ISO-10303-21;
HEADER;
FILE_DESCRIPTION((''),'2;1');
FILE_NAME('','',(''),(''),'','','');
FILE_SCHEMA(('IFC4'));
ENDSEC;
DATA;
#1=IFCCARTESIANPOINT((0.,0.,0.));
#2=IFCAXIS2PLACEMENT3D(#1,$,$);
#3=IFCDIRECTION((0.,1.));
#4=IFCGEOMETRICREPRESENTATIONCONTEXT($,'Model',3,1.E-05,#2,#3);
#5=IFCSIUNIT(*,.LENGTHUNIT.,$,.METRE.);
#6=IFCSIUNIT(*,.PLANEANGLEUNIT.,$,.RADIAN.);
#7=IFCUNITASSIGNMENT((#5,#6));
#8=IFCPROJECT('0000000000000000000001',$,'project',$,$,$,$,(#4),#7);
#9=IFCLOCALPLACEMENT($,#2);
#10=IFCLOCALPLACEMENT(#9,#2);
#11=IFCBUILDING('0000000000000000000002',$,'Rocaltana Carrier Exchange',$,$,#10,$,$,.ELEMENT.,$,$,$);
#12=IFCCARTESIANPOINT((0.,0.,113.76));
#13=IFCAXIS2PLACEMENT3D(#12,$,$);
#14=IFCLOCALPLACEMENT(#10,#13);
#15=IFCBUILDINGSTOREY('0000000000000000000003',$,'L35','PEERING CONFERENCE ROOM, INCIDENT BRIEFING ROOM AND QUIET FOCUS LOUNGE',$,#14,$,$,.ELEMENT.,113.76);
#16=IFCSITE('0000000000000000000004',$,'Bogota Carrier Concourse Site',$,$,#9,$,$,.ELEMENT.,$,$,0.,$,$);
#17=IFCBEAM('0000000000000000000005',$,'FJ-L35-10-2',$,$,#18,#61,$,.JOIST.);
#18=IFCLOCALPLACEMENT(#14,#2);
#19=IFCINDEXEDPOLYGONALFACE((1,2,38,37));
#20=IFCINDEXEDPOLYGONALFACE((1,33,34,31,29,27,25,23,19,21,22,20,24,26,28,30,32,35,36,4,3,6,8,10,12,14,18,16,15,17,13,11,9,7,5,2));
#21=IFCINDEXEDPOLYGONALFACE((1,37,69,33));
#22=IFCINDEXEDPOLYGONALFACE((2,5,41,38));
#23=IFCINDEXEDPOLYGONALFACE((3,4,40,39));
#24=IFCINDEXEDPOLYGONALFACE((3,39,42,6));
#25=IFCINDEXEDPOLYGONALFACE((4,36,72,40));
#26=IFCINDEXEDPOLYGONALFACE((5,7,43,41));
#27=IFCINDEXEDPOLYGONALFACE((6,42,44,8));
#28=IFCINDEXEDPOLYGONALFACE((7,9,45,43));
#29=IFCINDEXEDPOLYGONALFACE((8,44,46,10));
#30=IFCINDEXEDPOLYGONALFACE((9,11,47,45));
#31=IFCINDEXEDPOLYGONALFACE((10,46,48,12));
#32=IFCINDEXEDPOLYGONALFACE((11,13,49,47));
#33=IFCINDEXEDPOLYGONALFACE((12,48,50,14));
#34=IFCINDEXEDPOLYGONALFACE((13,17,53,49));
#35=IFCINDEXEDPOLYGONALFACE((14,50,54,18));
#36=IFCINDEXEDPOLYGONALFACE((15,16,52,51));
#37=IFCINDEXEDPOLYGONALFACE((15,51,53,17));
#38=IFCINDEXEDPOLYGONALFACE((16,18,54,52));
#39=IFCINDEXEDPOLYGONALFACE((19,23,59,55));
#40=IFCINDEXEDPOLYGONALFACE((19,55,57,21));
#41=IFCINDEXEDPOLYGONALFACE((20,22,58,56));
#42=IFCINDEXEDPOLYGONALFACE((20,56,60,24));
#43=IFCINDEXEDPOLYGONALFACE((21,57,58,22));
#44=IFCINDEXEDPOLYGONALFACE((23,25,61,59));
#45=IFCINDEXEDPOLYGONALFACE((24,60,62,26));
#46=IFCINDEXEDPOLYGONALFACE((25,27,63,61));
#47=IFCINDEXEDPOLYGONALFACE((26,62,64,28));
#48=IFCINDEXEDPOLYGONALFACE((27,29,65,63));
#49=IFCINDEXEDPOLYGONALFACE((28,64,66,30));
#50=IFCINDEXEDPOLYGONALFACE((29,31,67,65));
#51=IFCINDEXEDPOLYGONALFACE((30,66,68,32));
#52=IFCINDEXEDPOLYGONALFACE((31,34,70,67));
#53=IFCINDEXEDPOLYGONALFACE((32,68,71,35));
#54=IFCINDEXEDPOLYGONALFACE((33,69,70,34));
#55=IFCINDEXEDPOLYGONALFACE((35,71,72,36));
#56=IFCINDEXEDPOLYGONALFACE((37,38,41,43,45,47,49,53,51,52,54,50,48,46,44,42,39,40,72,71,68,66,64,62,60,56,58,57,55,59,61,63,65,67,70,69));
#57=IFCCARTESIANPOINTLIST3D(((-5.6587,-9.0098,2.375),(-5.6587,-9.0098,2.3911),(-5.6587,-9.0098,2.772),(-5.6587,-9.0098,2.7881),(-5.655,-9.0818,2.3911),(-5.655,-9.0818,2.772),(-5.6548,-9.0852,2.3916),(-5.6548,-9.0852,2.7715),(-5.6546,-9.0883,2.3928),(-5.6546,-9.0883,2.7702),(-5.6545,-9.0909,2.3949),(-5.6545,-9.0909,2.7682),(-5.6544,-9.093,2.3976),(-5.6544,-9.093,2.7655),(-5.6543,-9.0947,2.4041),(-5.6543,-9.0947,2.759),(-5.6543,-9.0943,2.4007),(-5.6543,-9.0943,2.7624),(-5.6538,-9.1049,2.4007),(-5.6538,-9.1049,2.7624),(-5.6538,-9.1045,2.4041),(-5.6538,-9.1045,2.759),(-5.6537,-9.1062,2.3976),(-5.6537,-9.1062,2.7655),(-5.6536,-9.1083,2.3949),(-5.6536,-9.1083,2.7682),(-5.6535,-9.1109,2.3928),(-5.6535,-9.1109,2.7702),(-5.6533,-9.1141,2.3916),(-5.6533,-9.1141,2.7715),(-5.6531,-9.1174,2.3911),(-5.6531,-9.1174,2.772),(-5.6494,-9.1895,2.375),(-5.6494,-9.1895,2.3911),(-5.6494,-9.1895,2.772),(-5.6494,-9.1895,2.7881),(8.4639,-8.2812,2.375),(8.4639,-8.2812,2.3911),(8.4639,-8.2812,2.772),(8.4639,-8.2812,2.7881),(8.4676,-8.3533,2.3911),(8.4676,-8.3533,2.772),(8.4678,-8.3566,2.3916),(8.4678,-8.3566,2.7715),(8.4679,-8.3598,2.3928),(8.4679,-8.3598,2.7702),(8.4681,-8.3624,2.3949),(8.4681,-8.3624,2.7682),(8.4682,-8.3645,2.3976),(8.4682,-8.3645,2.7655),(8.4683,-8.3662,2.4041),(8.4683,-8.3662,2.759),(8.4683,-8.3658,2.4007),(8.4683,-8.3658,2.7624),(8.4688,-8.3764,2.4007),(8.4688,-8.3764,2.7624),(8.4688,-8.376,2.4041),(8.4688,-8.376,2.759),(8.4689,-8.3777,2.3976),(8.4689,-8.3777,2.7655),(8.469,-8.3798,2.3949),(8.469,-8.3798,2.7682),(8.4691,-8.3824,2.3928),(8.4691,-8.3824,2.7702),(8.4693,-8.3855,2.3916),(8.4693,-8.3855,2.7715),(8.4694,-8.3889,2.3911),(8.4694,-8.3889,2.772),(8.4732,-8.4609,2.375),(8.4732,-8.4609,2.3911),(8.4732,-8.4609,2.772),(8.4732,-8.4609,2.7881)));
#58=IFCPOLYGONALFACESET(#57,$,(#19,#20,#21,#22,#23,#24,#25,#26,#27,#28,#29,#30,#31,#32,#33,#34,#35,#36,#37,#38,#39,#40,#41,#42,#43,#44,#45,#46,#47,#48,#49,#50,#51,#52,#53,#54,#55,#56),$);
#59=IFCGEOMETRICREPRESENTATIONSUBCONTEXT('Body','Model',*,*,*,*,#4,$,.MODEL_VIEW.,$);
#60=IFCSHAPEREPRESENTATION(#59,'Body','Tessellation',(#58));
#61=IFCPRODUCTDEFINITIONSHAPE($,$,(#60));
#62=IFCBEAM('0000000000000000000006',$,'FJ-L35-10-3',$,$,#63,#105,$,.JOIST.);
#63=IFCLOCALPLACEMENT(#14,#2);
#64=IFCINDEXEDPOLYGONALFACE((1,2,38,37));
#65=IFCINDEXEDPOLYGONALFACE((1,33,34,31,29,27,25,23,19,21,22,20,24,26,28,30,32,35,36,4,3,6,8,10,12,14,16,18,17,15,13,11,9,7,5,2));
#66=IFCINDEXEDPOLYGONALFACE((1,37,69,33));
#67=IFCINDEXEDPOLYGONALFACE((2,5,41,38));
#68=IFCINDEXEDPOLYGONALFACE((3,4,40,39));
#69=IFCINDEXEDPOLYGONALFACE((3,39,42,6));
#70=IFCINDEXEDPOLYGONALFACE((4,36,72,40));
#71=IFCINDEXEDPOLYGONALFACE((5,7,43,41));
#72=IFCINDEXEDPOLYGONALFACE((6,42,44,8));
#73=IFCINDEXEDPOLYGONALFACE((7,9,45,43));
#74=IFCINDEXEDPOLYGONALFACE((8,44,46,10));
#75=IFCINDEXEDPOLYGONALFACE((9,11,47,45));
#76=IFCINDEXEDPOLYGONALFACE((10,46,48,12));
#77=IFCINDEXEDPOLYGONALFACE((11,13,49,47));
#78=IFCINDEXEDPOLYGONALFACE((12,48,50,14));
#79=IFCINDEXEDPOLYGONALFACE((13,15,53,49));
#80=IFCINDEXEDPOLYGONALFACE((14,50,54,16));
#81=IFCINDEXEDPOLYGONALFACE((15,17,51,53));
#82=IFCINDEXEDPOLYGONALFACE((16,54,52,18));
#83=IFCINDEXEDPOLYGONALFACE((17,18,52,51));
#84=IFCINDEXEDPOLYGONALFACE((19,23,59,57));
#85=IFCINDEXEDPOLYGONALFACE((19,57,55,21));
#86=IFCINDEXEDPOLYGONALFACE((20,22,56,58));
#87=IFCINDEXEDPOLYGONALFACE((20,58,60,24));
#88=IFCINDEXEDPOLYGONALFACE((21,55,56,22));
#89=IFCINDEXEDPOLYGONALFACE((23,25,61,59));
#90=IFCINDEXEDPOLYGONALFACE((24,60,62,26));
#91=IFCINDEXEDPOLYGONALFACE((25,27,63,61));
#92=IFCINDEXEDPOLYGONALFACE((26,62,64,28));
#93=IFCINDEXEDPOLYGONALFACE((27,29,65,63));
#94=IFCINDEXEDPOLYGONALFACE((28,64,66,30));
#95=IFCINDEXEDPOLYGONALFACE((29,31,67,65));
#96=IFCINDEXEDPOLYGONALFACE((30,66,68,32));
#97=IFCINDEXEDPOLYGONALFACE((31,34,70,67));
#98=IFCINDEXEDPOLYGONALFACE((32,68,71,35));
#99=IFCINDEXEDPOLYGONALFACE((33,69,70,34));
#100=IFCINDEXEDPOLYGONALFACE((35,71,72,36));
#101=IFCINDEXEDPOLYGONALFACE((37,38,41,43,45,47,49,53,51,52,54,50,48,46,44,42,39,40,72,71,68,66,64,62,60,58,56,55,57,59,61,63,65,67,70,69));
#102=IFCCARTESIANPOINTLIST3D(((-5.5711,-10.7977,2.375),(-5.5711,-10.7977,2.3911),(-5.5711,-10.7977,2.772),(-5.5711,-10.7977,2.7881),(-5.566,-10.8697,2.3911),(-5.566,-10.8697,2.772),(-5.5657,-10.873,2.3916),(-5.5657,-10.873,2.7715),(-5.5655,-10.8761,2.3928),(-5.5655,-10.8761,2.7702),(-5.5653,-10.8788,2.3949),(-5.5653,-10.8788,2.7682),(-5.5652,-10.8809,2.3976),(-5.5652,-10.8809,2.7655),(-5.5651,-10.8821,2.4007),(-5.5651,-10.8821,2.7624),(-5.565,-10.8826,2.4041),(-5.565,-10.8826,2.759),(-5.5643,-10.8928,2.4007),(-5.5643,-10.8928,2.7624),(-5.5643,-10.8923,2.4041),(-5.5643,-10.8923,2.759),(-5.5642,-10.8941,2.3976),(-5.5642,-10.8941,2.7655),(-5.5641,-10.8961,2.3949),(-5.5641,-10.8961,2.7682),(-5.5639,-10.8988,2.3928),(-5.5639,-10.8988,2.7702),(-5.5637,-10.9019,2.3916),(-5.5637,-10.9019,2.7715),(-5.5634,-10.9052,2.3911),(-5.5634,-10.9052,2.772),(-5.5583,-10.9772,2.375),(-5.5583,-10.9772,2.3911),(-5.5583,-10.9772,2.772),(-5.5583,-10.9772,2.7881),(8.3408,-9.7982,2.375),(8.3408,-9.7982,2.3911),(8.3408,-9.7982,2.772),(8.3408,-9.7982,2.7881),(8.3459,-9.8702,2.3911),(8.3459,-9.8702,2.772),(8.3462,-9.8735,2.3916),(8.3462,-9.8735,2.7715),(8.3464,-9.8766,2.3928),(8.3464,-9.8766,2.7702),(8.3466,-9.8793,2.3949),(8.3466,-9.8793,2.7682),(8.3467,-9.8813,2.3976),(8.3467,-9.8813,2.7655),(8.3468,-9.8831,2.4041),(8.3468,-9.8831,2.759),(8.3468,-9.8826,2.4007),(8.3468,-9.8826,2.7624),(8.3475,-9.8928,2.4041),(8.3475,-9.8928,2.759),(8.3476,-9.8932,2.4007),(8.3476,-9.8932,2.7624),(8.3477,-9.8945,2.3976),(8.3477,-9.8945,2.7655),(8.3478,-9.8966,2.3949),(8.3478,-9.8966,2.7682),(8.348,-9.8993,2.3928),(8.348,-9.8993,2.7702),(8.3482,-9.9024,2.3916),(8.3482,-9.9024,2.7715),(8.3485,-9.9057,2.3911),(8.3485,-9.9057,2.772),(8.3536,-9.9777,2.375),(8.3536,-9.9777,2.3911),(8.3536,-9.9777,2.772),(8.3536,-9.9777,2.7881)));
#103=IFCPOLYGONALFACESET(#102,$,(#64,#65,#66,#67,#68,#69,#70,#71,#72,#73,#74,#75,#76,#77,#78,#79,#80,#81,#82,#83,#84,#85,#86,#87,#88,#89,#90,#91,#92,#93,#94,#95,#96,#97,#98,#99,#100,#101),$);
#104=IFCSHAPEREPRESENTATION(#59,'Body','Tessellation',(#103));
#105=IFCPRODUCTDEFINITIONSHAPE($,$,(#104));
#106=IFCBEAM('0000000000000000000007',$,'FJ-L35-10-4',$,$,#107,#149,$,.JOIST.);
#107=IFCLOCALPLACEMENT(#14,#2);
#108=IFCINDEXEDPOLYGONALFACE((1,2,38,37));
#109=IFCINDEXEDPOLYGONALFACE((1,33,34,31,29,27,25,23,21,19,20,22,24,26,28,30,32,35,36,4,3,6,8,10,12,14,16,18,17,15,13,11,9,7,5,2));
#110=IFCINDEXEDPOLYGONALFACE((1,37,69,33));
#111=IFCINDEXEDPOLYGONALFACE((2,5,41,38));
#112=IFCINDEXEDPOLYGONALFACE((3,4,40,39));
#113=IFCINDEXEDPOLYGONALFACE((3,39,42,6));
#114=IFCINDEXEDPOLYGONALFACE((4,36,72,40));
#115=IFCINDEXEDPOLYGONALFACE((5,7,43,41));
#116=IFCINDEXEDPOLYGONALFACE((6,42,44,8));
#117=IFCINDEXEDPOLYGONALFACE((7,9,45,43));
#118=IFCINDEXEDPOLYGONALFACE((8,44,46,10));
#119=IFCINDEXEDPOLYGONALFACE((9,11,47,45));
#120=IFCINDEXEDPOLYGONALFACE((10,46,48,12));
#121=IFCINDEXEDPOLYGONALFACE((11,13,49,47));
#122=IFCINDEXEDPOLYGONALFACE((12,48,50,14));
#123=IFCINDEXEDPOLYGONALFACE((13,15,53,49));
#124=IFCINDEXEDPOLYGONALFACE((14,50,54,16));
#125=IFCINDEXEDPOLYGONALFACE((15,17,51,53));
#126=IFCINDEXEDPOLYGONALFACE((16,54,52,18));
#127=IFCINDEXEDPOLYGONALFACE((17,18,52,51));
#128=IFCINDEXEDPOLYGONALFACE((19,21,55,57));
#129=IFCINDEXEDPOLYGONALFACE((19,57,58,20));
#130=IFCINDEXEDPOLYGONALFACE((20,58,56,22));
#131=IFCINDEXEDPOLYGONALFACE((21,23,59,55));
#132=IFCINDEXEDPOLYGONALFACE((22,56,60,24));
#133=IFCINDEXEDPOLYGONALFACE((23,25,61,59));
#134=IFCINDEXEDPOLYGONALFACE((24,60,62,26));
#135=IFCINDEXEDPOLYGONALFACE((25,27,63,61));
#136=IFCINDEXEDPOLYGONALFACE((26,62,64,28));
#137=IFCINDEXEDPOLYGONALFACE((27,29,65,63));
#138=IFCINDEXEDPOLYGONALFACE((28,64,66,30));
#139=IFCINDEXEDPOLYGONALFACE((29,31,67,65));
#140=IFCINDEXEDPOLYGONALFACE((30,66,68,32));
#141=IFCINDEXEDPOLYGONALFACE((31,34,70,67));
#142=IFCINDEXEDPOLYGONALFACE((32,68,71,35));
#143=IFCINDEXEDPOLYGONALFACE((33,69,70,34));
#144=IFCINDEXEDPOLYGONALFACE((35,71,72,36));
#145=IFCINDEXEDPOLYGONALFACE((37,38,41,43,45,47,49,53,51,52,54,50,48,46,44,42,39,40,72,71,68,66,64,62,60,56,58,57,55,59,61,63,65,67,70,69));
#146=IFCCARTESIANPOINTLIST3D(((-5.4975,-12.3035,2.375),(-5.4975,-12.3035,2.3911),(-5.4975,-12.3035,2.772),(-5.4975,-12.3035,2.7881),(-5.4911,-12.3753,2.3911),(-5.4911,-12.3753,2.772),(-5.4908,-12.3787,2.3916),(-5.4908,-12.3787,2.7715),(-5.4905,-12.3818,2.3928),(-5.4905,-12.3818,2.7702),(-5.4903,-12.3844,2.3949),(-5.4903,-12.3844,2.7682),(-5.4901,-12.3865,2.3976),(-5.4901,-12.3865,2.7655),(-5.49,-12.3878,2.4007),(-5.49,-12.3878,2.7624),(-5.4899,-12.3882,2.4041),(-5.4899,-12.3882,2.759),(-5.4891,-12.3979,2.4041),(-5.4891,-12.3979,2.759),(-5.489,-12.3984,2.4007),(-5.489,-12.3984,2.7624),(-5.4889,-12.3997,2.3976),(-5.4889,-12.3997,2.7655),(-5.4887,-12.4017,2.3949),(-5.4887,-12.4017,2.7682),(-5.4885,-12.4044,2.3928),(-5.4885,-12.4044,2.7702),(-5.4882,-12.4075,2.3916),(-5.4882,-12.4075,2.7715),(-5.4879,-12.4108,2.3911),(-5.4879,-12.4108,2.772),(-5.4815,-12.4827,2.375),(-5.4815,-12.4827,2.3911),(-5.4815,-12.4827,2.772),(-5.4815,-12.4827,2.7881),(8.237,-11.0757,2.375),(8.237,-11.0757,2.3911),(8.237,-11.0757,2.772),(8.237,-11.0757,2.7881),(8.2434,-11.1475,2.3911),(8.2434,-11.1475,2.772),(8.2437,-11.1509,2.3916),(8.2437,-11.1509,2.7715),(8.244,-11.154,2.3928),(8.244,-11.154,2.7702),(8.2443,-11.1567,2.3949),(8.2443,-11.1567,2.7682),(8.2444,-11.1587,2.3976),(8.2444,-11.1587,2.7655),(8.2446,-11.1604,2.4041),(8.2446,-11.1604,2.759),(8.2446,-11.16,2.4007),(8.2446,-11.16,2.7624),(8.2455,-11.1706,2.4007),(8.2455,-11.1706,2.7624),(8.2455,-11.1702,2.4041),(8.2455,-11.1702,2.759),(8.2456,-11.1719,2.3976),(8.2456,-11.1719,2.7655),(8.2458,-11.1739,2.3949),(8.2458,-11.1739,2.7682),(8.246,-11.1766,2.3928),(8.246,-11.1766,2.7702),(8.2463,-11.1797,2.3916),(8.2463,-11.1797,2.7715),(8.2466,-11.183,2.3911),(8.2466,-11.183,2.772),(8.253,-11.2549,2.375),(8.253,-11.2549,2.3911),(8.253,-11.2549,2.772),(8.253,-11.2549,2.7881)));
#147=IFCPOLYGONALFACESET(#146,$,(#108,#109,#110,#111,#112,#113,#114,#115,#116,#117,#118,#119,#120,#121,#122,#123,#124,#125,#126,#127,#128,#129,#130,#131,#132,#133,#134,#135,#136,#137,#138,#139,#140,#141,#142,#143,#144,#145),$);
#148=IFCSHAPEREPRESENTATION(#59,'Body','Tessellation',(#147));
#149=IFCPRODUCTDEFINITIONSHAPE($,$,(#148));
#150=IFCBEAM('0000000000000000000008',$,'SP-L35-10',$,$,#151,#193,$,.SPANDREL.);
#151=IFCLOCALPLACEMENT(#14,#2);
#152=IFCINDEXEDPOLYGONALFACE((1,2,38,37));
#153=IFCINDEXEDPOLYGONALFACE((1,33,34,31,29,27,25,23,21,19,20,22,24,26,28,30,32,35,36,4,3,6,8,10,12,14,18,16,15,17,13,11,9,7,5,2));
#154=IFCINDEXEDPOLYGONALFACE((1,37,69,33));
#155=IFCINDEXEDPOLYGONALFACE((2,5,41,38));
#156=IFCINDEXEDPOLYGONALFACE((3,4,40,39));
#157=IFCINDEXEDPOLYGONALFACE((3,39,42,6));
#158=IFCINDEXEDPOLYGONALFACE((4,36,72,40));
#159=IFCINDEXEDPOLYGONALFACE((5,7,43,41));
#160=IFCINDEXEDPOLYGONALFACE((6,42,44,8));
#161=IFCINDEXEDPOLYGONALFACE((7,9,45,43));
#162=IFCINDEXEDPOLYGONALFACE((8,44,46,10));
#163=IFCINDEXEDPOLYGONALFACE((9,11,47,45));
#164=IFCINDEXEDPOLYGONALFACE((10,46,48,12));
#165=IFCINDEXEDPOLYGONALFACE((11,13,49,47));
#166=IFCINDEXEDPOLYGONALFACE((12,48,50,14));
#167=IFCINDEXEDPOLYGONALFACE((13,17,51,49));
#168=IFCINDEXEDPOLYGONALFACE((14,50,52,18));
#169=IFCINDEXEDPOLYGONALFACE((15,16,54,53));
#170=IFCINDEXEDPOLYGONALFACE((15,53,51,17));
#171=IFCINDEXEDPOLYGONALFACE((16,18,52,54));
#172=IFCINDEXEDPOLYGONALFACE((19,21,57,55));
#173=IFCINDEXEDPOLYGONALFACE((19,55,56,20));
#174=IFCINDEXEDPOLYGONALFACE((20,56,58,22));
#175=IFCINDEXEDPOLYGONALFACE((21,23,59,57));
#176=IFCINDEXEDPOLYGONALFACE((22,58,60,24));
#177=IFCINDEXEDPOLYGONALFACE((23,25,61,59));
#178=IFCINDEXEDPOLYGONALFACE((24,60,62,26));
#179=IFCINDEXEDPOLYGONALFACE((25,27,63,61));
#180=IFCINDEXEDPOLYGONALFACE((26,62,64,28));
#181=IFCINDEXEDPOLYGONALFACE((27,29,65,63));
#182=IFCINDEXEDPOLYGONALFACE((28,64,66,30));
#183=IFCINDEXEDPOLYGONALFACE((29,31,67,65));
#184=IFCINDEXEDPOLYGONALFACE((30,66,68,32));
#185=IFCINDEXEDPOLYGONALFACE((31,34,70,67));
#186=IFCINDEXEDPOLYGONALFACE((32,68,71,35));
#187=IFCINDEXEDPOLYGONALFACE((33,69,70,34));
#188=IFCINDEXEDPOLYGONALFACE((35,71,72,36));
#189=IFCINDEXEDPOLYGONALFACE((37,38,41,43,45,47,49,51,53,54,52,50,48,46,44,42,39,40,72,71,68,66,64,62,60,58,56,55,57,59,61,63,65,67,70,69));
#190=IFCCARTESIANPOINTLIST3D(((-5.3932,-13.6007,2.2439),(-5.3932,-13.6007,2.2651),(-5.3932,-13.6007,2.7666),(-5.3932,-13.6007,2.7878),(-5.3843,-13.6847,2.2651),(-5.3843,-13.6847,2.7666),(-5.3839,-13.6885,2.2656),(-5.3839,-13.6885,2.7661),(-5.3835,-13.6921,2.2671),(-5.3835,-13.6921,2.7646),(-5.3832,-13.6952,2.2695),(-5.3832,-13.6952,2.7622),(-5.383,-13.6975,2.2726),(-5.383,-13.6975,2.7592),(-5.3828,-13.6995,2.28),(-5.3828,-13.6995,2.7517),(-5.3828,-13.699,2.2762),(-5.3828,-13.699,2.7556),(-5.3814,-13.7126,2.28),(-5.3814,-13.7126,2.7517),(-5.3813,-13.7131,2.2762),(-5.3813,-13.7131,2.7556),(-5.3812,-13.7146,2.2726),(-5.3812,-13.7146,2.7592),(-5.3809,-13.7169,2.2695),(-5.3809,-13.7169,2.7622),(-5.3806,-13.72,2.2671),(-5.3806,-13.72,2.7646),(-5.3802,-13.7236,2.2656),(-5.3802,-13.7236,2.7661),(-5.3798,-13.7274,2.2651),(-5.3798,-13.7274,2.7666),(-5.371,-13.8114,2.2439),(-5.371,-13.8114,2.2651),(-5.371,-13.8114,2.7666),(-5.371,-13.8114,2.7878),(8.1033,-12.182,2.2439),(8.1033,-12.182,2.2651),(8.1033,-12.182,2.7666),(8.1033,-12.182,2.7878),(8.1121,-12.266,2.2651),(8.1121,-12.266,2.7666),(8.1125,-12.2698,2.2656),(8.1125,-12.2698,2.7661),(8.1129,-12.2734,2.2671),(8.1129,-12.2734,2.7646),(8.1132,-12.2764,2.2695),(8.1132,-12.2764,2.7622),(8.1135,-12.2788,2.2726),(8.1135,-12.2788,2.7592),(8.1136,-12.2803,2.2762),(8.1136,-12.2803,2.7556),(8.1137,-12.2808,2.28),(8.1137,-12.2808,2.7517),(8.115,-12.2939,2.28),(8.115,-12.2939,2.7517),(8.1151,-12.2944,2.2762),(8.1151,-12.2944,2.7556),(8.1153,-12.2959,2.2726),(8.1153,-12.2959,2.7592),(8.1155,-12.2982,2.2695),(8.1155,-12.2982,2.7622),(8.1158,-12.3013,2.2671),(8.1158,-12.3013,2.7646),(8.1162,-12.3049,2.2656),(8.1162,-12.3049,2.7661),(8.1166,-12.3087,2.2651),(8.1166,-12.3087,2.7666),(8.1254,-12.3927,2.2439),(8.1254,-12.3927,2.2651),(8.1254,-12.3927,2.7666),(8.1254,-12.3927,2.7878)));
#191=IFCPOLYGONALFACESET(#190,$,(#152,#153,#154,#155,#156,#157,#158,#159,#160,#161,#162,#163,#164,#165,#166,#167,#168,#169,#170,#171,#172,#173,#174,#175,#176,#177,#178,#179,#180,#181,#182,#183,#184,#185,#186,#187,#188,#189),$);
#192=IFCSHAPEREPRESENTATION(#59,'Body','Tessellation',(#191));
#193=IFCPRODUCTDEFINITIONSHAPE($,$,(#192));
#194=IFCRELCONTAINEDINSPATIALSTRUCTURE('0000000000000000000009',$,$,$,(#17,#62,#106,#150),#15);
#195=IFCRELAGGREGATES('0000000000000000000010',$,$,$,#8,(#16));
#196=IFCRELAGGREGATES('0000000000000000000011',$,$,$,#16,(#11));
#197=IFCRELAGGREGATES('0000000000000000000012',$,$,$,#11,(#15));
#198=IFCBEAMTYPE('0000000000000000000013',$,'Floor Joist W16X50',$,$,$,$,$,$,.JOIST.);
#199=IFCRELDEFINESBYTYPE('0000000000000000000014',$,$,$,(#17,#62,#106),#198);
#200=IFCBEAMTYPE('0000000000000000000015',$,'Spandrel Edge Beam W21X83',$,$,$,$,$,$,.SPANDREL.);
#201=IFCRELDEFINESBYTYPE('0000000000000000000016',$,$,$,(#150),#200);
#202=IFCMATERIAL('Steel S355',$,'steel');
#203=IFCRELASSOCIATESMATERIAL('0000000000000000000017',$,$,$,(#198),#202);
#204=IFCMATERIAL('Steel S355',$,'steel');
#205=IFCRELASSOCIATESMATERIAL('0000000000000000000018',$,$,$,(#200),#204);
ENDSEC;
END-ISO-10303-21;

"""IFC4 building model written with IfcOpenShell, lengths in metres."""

from ifc_helpers import new_model, si_unit, direction, frame, origin, origin_2d, place, context, subcontext, project, spatial, i_section, extrude, material, material_profile, profile_set, type_object, element, save


model = new_model("IFC4")

# Units and contexts
model_context = context("Model", 3, precision=1e-05, world=origin(), true_north=direction((0.0, 1.0)))
body_context = subcontext(model_context, "Body", "Model", "MODEL_VIEW")
ifc_project = project(units=[si_unit("LENGTHUNIT", "METRE"), si_unit("PLANEANGLEUNIT", "RADIAN")], contexts=[model_context])

# Site, building, storey
site_placement = place(None, origin())
site = spatial("IfcSite", under=ifc_project, at=site_placement, Name="Bogota Carrier Concourse Site", CompositionType="ELEMENT", RefElevation=0.0)
building_placement = place(site_placement, origin())
building = spatial("IfcBuilding", under=site, at=building_placement, Name="Rocaltana Carrier Exchange", CompositionType="ELEMENT")
storey_placement = place(building_placement, frame((0.0, 0.0, 113.76)))
storey = spatial("IfcBuildingStorey", under=building, at=storey_placement, Name="L35", Description="PEERING CONFERENCE ROOM, INCIDENT BRIEFING ROOM AND QUIET FOCUS LOUNGE", CompositionType="ELEMENT", Elevation=113.76)

# Beams
ifc_material_1 = material(Name="Steel S355", Category="steel")
ifc_material_profile_1 = material_profile(ifc_material_1, i_section(OverallWidth=0.1799, OverallDepth=0.4131, WebThickness=0.0098, FlangeThickness=0.0161, FilletRadius=0.0129, at=origin_2d()), Name="W16X50")
ifc_profile_set_1 = profile_set([ifc_material_profile_1], Name="Steel S355")
beam_type_1 = type_object("IfcBeamType", Name="Floor Joist W16X50", PredefinedType="JOIST", material=ifc_profile_set_1)
beam_1_placement = place(storey_placement, frame((-5.6541, -9.0996, 2.5815), z_axis=(0.998672, 0.051517, 0.0), x_axis=(-0.051517, 0.998672, 0.0)))
element("IfcBeam", 1, at=beam_1_placement, inside=storey, type_object=beam_type_1, Name="FJ-L35-10-2", PredefinedType="JOIST", context=body_context, shape_type="SweptSolid", body=[
    extrude(i_section(OverallWidth=0.1799, OverallDepth=0.4131, WebThickness=0.0098, FlangeThickness=0.0161, FilletRadius=0.0129, at=origin_2d()), origin(), (0.0, 0.0, 1.0), 14.1414),
])
beam_2_placement = place(storey_placement, frame((-5.5647, -10.8875, 2.5815), z_axis=(0.997429, 0.071661, 0.0), x_axis=(-0.071661, 0.997429, 0.0)))
element("IfcBeam", 2, at=beam_2_placement, inside=storey, type_object=beam_type_1, Name="FJ-L35-10-3", PredefinedType="JOIST", context=body_context, shape_type="SweptSolid", body=[
    extrude(i_section(OverallWidth=0.1799, OverallDepth=0.4131, WebThickness=0.0098, FlangeThickness=0.0161, FilletRadius=0.0129, at=origin_2d()), origin(), (0.0, 0.0, 1.0), 13.9478),
])
beam_3_placement = place(storey_placement, frame((-5.4895, -12.3931, 2.5815), z_axis=(0.996028, 0.089038, 0.0), x_axis=(-0.089038, 0.996028, 0.0)))
element("IfcBeam", 3, at=beam_3_placement, inside=storey, type_object=beam_type_1, Name="FJ-L35-10-4", PredefinedType="JOIST", context=body_context, shape_type="SweptSolid", body=[
    extrude(i_section(OverallWidth=0.1799, OverallDepth=0.4131, WebThickness=0.0098, FlangeThickness=0.0161, FilletRadius=0.0129, at=origin_2d()), origin(), (0.0, 0.0, 1.0), 13.7893),
])
ifc_material_2 = material(Name="Steel S355", Category="steel")
ifc_material_profile_2 = material_profile(ifc_material_2, i_section(OverallWidth=0.2119, OverallDepth=0.5439, WebThickness=0.0132, FlangeThickness=0.0212, FilletRadius=0.0149, at=origin_2d()), Name="W21X83")
ifc_profile_set_2 = profile_set([ifc_material_profile_2], Name="Steel S355")
beam_type_2 = type_object("IfcBeamType", Name="Spandrel Edge Beam W21X83", PredefinedType="SPANDREL", material=ifc_profile_set_2)
beam_4_placement = place(storey_placement, frame((-5.3821, -13.7061, 2.5159), z_axis=(0.994521, 0.104542, 0.0), x_axis=(-0.104542, 0.994521, 0.0)))
element("IfcBeam", 4, at=beam_4_placement, inside=storey, type_object=beam_type_2, Name="SP-L35-10", PredefinedType="SPANDREL", context=body_context, shape_type="SweptSolid", body=[
    extrude(i_section(OverallWidth=0.2119, OverallDepth=0.5439, WebThickness=0.0132, FlangeThickness=0.0212, FilletRadius=0.0149, at=origin_2d()), origin(), (0.0, 0.0, 1.0), 13.5708),
])

save(model, "model.ifc")
